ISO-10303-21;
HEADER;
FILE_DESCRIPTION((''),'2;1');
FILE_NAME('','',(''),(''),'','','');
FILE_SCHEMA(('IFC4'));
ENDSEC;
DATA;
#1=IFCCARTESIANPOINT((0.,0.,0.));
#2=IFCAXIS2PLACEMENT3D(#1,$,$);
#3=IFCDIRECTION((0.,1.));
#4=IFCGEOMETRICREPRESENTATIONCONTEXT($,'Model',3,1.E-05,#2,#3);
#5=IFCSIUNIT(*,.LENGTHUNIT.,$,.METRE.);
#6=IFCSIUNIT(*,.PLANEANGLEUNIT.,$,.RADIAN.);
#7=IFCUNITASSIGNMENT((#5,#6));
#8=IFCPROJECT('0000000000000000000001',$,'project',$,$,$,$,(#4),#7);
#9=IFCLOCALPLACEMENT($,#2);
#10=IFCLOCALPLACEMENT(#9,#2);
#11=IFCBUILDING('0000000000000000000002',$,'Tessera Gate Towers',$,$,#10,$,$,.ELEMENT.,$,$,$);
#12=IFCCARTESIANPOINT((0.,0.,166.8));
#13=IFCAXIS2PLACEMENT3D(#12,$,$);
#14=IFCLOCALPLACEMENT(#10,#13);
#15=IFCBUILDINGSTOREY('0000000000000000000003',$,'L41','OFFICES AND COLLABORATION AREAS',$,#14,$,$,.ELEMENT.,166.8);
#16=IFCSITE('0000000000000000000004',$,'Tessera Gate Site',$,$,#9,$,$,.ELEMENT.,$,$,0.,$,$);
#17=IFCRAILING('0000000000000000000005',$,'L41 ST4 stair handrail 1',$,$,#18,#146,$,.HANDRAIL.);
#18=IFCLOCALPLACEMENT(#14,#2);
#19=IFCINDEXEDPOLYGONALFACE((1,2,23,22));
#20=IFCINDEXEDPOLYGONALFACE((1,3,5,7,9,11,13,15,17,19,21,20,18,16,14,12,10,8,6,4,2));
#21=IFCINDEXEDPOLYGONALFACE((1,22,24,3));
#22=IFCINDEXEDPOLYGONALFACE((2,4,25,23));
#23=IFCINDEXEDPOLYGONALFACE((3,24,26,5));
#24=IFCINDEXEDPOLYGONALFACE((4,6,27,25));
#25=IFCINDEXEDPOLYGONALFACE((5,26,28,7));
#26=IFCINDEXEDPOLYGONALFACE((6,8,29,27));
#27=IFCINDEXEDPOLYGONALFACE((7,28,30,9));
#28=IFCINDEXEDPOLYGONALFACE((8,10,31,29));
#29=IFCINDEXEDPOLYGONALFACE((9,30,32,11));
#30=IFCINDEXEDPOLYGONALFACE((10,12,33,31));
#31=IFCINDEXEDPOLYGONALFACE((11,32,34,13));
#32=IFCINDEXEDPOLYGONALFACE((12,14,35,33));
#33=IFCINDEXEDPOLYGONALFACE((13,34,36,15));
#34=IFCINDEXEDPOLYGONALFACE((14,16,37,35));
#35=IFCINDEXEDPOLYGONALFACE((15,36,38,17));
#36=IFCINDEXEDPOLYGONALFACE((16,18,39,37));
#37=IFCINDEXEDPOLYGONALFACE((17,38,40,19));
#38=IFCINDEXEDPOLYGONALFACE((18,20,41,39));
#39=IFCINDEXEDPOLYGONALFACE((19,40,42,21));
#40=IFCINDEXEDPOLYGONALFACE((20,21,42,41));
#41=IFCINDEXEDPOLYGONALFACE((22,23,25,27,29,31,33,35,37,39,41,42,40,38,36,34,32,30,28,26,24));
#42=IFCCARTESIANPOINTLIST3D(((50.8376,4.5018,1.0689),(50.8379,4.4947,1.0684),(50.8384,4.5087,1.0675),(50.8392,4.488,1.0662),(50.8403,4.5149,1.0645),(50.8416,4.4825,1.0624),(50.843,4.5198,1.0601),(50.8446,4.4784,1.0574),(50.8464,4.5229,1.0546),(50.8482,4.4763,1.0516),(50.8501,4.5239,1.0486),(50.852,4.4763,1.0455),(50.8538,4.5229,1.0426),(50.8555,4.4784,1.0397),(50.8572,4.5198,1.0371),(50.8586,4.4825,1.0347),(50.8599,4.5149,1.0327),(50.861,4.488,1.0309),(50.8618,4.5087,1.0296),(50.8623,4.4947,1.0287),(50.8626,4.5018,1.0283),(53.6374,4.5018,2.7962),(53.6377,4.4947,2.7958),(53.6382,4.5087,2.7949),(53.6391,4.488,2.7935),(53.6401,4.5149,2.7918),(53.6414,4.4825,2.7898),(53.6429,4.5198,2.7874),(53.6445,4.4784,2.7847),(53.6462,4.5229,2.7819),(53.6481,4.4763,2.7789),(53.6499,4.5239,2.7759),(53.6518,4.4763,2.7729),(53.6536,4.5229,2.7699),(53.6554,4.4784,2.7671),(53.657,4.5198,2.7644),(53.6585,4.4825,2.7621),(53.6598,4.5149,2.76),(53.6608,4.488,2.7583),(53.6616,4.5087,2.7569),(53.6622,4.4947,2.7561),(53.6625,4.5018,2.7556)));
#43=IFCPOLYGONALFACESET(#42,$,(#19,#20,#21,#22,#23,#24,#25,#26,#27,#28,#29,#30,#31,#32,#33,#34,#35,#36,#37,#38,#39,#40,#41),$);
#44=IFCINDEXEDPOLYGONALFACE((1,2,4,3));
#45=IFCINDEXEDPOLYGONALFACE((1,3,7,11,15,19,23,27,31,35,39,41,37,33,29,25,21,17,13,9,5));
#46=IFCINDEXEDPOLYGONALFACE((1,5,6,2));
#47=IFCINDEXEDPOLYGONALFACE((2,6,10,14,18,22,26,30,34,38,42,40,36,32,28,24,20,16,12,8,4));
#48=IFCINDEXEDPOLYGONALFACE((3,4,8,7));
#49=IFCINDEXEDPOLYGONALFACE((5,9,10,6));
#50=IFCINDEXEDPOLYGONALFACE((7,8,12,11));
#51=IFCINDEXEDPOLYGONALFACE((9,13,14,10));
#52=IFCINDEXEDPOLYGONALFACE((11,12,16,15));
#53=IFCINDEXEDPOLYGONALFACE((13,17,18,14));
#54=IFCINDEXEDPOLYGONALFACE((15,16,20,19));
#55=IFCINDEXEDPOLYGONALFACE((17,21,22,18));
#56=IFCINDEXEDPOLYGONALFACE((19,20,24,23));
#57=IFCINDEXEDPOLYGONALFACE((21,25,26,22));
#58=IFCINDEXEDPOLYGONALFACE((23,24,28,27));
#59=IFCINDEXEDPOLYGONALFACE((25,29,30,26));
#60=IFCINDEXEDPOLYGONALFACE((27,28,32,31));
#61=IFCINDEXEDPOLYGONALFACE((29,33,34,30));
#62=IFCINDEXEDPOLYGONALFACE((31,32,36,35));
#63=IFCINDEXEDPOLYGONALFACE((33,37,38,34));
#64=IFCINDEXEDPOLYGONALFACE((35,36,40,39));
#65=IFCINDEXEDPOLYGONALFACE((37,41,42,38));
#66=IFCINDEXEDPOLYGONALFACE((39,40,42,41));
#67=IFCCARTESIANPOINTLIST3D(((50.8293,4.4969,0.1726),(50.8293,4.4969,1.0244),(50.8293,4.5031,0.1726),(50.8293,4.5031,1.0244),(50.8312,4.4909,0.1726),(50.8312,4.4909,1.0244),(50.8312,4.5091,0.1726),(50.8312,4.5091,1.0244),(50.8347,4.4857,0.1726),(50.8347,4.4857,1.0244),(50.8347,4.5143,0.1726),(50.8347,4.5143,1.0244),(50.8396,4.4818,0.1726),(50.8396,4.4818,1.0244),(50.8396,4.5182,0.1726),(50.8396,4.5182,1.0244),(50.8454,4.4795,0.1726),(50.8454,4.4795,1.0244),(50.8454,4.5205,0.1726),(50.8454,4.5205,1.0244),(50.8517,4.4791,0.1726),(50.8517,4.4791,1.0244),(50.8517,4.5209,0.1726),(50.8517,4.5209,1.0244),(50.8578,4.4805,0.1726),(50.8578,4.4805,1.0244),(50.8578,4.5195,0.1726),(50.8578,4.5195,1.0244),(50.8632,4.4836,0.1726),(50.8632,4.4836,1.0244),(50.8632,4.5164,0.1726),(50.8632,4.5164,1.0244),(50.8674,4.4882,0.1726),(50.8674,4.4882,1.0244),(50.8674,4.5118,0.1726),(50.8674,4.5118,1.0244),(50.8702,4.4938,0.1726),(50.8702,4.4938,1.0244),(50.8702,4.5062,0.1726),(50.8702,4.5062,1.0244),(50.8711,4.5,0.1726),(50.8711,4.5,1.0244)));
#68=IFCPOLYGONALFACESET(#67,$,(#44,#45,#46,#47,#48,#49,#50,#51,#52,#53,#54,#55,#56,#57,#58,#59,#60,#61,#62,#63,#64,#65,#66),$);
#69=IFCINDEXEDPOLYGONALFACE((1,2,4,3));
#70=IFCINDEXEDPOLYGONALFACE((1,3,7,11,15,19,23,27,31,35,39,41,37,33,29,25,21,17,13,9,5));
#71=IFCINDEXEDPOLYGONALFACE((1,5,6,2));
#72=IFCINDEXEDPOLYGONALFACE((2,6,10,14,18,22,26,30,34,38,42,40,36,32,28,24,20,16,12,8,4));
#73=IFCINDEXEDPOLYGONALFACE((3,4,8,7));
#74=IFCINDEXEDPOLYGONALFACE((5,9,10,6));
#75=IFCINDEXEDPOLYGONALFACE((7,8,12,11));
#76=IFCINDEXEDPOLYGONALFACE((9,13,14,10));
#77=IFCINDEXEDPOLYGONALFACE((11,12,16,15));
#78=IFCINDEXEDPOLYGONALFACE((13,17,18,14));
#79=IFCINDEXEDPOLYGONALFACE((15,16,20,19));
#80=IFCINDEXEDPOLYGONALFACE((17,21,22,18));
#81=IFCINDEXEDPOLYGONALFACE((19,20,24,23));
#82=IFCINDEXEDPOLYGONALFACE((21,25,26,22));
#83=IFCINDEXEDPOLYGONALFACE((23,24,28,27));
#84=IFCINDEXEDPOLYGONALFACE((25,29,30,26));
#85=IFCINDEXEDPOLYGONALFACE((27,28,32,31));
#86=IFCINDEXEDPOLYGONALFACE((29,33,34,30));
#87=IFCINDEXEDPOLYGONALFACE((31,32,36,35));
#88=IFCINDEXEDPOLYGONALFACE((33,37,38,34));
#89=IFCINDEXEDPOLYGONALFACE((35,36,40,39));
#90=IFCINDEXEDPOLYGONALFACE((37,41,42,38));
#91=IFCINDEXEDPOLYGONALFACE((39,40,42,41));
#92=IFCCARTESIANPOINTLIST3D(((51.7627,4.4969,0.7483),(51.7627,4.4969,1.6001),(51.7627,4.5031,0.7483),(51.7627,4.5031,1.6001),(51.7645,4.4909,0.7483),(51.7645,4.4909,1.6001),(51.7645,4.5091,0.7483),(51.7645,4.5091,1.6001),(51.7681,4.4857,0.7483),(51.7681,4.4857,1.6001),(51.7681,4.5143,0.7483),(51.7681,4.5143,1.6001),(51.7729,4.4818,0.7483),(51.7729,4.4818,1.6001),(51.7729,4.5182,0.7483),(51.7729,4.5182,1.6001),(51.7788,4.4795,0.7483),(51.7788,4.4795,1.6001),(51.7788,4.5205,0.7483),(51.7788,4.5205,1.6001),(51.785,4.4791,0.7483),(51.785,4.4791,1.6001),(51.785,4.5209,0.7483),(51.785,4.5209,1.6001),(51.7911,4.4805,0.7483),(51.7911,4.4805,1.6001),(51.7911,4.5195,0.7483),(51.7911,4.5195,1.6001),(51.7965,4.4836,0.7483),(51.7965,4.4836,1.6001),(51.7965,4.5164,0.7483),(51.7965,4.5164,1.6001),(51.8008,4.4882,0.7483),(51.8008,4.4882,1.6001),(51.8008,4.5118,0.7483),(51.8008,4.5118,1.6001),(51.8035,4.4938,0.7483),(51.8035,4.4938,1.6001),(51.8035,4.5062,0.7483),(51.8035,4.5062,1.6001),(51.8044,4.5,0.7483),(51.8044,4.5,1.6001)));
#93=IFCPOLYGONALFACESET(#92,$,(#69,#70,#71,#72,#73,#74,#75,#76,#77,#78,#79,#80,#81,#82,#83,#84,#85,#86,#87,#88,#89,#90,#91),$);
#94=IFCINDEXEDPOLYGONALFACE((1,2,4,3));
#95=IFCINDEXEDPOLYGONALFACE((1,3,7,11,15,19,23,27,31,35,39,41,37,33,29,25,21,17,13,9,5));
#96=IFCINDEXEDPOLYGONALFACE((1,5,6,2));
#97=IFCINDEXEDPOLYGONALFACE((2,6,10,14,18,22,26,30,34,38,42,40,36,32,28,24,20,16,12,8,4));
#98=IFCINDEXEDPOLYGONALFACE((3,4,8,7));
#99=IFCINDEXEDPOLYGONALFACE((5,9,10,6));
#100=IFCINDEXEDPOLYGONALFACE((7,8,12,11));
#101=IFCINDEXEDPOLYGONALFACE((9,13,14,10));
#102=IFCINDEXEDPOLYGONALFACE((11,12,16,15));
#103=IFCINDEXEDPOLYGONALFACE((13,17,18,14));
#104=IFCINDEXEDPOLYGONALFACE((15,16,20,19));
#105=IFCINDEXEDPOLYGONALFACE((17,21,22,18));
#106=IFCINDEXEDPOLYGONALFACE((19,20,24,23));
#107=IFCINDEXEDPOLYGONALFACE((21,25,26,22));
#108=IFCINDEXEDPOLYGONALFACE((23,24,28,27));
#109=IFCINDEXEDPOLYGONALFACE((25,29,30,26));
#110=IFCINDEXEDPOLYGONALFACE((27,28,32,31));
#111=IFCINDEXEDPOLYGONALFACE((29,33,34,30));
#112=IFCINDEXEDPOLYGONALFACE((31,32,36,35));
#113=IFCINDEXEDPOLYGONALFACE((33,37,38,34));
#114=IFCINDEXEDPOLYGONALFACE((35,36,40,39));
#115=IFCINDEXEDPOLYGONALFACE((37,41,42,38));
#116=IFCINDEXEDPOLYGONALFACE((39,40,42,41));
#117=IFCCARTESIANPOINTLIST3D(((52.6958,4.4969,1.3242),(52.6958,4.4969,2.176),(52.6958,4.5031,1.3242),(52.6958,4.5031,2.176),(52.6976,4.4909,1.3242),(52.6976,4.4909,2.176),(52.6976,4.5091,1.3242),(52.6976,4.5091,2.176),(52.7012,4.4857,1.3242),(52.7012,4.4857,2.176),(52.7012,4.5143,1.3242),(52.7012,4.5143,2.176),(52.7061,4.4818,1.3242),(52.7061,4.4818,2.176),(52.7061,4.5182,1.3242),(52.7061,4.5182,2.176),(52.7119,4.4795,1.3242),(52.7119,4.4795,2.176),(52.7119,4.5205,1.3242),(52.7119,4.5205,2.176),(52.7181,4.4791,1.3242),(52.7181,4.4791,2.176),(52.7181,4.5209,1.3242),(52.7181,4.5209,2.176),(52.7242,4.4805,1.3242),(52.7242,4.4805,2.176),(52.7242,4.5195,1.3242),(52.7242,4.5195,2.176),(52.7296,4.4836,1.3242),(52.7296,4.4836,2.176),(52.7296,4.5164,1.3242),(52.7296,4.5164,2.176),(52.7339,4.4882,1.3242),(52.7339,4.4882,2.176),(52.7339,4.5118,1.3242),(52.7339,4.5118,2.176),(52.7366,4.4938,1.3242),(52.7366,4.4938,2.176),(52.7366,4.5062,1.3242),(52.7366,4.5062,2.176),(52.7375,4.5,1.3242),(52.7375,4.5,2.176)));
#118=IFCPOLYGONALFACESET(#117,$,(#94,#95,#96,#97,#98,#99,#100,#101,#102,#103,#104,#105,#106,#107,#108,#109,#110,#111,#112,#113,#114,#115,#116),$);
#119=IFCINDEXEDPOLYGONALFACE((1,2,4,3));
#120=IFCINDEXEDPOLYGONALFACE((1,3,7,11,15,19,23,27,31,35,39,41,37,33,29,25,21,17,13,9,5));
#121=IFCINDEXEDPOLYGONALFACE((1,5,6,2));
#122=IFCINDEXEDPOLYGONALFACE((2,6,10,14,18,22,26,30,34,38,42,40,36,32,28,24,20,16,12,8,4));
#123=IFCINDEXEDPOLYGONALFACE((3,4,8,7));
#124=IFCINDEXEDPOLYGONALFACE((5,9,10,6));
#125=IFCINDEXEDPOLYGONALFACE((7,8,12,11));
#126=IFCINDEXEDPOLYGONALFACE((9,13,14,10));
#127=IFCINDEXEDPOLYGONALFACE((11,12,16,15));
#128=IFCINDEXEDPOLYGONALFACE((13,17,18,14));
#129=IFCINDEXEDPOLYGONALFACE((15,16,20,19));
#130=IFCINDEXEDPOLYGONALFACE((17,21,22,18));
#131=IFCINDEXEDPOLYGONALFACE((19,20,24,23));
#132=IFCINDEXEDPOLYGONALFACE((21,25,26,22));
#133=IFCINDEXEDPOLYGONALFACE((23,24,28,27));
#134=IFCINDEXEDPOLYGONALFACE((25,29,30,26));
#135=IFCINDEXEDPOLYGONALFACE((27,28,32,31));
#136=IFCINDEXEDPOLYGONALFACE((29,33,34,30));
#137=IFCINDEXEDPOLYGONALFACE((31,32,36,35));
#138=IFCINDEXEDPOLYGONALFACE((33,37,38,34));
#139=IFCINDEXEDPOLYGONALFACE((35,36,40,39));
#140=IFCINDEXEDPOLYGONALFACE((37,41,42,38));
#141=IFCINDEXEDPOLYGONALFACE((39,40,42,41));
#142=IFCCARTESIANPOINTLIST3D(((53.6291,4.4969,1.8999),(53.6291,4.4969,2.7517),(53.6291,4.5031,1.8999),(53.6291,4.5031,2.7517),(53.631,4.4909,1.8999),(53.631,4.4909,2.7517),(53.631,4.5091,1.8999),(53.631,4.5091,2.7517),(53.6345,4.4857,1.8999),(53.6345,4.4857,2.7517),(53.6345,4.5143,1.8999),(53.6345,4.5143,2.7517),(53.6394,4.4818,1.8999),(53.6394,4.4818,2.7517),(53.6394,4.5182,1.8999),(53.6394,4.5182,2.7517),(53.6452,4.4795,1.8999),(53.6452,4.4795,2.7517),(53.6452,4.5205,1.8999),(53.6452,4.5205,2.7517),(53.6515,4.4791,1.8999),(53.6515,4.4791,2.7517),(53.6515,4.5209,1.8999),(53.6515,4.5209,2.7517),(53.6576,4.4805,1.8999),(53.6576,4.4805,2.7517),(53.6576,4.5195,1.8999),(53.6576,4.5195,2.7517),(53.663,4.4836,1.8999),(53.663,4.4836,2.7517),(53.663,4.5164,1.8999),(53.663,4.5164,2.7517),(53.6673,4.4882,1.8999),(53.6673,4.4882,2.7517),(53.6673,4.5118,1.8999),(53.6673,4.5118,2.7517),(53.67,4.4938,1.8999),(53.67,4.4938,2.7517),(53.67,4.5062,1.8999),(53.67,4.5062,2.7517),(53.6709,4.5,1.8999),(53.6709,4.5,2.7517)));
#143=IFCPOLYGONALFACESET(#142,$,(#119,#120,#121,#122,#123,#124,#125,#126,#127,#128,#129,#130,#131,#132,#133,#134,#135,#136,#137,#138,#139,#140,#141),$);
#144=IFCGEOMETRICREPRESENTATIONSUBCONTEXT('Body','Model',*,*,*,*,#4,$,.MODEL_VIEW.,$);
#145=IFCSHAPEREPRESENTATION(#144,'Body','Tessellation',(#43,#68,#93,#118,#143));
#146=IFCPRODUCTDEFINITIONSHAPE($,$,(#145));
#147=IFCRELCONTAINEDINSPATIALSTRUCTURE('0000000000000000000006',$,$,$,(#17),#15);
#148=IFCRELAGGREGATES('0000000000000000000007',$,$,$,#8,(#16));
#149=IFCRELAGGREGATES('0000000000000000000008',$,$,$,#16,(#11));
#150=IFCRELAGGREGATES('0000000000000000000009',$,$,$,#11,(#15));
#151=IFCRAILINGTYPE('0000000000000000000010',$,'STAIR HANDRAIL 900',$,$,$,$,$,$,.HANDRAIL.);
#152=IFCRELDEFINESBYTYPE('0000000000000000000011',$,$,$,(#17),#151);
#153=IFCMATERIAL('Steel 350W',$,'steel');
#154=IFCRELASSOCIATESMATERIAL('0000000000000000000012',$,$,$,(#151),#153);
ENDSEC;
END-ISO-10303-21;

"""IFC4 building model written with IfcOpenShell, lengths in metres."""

from ifc_helpers import new_model, si_unit, direction, frame, origin, origin_2d, place, context, subcontext, project, spatial, circle, extrude, material, type_object, element, save


model = new_model("IFC4")

# Units and contexts
model_context = context("Model", 3, precision=1e-05, world=origin(), true_north=direction((0.0, 1.0)))
body_context = subcontext(model_context, "Body", "Model", "MODEL_VIEW")
ifc_project = project(units=[si_unit("LENGTHUNIT", "METRE"), si_unit("PLANEANGLEUNIT", "RADIAN")], contexts=[model_context])

# Site, building, storey
site_placement = place(None, origin())
site = spatial("IfcSite", under=ifc_project, at=site_placement, Name="Tessera Gate Site", CompositionType="ELEMENT", RefElevation=0.0)
building_placement = place(site_placement, origin())
building = spatial("IfcBuilding", under=site, at=building_placement, Name="Tessera Gate Towers", CompositionType="ELEMENT")
storey_placement = place(building_placement, frame((0.0, 0.0, 166.8)))
storey = spatial("IfcBuildingStorey", under=building, at=storey_placement, Name="L41", Description="OFFICES AND COLLABORATION AREAS", CompositionType="ELEMENT", Elevation=166.8)

# Railing
ifc_material_1 = material(Name="Steel 350W", Category="steel")
railing_type_1 = type_object("IfcRailingType", Name="STAIR HANDRAIL 900", PredefinedType="HANDRAIL", material=ifc_material_1)
railing_1_placement = place(storey_placement, frame((50.8501, 4.5, 0.1726)))
element("IfcRailing", 1, at=railing_1_placement, inside=storey, type_object=railing_type_1, Name="L41 ST4 stair handrail 1", PredefinedType="HANDRAIL", context=body_context, shape_type="SweptSolid", body=[
    extrude(circle(Radius=0.0239, at=origin_2d()), frame((0.0, 0.0, 0.876), z_axis=(0.851069, 0.0, 0.525054), x_axis=(0.0, 1.0, 0.0)), (0.0, 0.0, 1.0), 3.2898),
    extrude(circle(Radius=0.021, at=origin_2d()), origin(), (0.0, 0.0, 1.0), 0.8518),
    extrude(circle(Radius=0.021, at=origin_2d()), frame((0.9333, 0.0, 0.5757)), (0.0, 0.0, 1.0), 0.8518),
    extrude(circle(Radius=0.021, at=origin_2d()), frame((1.8665, 0.0, 1.1516)), (0.0, 0.0, 1.0), 0.8518),
    extrude(circle(Radius=0.021, at=origin_2d()), frame((2.7998, 0.0, 1.7273)), (0.0, 0.0, 1.0), 0.8518),
])

save(model, "model.ifc")
